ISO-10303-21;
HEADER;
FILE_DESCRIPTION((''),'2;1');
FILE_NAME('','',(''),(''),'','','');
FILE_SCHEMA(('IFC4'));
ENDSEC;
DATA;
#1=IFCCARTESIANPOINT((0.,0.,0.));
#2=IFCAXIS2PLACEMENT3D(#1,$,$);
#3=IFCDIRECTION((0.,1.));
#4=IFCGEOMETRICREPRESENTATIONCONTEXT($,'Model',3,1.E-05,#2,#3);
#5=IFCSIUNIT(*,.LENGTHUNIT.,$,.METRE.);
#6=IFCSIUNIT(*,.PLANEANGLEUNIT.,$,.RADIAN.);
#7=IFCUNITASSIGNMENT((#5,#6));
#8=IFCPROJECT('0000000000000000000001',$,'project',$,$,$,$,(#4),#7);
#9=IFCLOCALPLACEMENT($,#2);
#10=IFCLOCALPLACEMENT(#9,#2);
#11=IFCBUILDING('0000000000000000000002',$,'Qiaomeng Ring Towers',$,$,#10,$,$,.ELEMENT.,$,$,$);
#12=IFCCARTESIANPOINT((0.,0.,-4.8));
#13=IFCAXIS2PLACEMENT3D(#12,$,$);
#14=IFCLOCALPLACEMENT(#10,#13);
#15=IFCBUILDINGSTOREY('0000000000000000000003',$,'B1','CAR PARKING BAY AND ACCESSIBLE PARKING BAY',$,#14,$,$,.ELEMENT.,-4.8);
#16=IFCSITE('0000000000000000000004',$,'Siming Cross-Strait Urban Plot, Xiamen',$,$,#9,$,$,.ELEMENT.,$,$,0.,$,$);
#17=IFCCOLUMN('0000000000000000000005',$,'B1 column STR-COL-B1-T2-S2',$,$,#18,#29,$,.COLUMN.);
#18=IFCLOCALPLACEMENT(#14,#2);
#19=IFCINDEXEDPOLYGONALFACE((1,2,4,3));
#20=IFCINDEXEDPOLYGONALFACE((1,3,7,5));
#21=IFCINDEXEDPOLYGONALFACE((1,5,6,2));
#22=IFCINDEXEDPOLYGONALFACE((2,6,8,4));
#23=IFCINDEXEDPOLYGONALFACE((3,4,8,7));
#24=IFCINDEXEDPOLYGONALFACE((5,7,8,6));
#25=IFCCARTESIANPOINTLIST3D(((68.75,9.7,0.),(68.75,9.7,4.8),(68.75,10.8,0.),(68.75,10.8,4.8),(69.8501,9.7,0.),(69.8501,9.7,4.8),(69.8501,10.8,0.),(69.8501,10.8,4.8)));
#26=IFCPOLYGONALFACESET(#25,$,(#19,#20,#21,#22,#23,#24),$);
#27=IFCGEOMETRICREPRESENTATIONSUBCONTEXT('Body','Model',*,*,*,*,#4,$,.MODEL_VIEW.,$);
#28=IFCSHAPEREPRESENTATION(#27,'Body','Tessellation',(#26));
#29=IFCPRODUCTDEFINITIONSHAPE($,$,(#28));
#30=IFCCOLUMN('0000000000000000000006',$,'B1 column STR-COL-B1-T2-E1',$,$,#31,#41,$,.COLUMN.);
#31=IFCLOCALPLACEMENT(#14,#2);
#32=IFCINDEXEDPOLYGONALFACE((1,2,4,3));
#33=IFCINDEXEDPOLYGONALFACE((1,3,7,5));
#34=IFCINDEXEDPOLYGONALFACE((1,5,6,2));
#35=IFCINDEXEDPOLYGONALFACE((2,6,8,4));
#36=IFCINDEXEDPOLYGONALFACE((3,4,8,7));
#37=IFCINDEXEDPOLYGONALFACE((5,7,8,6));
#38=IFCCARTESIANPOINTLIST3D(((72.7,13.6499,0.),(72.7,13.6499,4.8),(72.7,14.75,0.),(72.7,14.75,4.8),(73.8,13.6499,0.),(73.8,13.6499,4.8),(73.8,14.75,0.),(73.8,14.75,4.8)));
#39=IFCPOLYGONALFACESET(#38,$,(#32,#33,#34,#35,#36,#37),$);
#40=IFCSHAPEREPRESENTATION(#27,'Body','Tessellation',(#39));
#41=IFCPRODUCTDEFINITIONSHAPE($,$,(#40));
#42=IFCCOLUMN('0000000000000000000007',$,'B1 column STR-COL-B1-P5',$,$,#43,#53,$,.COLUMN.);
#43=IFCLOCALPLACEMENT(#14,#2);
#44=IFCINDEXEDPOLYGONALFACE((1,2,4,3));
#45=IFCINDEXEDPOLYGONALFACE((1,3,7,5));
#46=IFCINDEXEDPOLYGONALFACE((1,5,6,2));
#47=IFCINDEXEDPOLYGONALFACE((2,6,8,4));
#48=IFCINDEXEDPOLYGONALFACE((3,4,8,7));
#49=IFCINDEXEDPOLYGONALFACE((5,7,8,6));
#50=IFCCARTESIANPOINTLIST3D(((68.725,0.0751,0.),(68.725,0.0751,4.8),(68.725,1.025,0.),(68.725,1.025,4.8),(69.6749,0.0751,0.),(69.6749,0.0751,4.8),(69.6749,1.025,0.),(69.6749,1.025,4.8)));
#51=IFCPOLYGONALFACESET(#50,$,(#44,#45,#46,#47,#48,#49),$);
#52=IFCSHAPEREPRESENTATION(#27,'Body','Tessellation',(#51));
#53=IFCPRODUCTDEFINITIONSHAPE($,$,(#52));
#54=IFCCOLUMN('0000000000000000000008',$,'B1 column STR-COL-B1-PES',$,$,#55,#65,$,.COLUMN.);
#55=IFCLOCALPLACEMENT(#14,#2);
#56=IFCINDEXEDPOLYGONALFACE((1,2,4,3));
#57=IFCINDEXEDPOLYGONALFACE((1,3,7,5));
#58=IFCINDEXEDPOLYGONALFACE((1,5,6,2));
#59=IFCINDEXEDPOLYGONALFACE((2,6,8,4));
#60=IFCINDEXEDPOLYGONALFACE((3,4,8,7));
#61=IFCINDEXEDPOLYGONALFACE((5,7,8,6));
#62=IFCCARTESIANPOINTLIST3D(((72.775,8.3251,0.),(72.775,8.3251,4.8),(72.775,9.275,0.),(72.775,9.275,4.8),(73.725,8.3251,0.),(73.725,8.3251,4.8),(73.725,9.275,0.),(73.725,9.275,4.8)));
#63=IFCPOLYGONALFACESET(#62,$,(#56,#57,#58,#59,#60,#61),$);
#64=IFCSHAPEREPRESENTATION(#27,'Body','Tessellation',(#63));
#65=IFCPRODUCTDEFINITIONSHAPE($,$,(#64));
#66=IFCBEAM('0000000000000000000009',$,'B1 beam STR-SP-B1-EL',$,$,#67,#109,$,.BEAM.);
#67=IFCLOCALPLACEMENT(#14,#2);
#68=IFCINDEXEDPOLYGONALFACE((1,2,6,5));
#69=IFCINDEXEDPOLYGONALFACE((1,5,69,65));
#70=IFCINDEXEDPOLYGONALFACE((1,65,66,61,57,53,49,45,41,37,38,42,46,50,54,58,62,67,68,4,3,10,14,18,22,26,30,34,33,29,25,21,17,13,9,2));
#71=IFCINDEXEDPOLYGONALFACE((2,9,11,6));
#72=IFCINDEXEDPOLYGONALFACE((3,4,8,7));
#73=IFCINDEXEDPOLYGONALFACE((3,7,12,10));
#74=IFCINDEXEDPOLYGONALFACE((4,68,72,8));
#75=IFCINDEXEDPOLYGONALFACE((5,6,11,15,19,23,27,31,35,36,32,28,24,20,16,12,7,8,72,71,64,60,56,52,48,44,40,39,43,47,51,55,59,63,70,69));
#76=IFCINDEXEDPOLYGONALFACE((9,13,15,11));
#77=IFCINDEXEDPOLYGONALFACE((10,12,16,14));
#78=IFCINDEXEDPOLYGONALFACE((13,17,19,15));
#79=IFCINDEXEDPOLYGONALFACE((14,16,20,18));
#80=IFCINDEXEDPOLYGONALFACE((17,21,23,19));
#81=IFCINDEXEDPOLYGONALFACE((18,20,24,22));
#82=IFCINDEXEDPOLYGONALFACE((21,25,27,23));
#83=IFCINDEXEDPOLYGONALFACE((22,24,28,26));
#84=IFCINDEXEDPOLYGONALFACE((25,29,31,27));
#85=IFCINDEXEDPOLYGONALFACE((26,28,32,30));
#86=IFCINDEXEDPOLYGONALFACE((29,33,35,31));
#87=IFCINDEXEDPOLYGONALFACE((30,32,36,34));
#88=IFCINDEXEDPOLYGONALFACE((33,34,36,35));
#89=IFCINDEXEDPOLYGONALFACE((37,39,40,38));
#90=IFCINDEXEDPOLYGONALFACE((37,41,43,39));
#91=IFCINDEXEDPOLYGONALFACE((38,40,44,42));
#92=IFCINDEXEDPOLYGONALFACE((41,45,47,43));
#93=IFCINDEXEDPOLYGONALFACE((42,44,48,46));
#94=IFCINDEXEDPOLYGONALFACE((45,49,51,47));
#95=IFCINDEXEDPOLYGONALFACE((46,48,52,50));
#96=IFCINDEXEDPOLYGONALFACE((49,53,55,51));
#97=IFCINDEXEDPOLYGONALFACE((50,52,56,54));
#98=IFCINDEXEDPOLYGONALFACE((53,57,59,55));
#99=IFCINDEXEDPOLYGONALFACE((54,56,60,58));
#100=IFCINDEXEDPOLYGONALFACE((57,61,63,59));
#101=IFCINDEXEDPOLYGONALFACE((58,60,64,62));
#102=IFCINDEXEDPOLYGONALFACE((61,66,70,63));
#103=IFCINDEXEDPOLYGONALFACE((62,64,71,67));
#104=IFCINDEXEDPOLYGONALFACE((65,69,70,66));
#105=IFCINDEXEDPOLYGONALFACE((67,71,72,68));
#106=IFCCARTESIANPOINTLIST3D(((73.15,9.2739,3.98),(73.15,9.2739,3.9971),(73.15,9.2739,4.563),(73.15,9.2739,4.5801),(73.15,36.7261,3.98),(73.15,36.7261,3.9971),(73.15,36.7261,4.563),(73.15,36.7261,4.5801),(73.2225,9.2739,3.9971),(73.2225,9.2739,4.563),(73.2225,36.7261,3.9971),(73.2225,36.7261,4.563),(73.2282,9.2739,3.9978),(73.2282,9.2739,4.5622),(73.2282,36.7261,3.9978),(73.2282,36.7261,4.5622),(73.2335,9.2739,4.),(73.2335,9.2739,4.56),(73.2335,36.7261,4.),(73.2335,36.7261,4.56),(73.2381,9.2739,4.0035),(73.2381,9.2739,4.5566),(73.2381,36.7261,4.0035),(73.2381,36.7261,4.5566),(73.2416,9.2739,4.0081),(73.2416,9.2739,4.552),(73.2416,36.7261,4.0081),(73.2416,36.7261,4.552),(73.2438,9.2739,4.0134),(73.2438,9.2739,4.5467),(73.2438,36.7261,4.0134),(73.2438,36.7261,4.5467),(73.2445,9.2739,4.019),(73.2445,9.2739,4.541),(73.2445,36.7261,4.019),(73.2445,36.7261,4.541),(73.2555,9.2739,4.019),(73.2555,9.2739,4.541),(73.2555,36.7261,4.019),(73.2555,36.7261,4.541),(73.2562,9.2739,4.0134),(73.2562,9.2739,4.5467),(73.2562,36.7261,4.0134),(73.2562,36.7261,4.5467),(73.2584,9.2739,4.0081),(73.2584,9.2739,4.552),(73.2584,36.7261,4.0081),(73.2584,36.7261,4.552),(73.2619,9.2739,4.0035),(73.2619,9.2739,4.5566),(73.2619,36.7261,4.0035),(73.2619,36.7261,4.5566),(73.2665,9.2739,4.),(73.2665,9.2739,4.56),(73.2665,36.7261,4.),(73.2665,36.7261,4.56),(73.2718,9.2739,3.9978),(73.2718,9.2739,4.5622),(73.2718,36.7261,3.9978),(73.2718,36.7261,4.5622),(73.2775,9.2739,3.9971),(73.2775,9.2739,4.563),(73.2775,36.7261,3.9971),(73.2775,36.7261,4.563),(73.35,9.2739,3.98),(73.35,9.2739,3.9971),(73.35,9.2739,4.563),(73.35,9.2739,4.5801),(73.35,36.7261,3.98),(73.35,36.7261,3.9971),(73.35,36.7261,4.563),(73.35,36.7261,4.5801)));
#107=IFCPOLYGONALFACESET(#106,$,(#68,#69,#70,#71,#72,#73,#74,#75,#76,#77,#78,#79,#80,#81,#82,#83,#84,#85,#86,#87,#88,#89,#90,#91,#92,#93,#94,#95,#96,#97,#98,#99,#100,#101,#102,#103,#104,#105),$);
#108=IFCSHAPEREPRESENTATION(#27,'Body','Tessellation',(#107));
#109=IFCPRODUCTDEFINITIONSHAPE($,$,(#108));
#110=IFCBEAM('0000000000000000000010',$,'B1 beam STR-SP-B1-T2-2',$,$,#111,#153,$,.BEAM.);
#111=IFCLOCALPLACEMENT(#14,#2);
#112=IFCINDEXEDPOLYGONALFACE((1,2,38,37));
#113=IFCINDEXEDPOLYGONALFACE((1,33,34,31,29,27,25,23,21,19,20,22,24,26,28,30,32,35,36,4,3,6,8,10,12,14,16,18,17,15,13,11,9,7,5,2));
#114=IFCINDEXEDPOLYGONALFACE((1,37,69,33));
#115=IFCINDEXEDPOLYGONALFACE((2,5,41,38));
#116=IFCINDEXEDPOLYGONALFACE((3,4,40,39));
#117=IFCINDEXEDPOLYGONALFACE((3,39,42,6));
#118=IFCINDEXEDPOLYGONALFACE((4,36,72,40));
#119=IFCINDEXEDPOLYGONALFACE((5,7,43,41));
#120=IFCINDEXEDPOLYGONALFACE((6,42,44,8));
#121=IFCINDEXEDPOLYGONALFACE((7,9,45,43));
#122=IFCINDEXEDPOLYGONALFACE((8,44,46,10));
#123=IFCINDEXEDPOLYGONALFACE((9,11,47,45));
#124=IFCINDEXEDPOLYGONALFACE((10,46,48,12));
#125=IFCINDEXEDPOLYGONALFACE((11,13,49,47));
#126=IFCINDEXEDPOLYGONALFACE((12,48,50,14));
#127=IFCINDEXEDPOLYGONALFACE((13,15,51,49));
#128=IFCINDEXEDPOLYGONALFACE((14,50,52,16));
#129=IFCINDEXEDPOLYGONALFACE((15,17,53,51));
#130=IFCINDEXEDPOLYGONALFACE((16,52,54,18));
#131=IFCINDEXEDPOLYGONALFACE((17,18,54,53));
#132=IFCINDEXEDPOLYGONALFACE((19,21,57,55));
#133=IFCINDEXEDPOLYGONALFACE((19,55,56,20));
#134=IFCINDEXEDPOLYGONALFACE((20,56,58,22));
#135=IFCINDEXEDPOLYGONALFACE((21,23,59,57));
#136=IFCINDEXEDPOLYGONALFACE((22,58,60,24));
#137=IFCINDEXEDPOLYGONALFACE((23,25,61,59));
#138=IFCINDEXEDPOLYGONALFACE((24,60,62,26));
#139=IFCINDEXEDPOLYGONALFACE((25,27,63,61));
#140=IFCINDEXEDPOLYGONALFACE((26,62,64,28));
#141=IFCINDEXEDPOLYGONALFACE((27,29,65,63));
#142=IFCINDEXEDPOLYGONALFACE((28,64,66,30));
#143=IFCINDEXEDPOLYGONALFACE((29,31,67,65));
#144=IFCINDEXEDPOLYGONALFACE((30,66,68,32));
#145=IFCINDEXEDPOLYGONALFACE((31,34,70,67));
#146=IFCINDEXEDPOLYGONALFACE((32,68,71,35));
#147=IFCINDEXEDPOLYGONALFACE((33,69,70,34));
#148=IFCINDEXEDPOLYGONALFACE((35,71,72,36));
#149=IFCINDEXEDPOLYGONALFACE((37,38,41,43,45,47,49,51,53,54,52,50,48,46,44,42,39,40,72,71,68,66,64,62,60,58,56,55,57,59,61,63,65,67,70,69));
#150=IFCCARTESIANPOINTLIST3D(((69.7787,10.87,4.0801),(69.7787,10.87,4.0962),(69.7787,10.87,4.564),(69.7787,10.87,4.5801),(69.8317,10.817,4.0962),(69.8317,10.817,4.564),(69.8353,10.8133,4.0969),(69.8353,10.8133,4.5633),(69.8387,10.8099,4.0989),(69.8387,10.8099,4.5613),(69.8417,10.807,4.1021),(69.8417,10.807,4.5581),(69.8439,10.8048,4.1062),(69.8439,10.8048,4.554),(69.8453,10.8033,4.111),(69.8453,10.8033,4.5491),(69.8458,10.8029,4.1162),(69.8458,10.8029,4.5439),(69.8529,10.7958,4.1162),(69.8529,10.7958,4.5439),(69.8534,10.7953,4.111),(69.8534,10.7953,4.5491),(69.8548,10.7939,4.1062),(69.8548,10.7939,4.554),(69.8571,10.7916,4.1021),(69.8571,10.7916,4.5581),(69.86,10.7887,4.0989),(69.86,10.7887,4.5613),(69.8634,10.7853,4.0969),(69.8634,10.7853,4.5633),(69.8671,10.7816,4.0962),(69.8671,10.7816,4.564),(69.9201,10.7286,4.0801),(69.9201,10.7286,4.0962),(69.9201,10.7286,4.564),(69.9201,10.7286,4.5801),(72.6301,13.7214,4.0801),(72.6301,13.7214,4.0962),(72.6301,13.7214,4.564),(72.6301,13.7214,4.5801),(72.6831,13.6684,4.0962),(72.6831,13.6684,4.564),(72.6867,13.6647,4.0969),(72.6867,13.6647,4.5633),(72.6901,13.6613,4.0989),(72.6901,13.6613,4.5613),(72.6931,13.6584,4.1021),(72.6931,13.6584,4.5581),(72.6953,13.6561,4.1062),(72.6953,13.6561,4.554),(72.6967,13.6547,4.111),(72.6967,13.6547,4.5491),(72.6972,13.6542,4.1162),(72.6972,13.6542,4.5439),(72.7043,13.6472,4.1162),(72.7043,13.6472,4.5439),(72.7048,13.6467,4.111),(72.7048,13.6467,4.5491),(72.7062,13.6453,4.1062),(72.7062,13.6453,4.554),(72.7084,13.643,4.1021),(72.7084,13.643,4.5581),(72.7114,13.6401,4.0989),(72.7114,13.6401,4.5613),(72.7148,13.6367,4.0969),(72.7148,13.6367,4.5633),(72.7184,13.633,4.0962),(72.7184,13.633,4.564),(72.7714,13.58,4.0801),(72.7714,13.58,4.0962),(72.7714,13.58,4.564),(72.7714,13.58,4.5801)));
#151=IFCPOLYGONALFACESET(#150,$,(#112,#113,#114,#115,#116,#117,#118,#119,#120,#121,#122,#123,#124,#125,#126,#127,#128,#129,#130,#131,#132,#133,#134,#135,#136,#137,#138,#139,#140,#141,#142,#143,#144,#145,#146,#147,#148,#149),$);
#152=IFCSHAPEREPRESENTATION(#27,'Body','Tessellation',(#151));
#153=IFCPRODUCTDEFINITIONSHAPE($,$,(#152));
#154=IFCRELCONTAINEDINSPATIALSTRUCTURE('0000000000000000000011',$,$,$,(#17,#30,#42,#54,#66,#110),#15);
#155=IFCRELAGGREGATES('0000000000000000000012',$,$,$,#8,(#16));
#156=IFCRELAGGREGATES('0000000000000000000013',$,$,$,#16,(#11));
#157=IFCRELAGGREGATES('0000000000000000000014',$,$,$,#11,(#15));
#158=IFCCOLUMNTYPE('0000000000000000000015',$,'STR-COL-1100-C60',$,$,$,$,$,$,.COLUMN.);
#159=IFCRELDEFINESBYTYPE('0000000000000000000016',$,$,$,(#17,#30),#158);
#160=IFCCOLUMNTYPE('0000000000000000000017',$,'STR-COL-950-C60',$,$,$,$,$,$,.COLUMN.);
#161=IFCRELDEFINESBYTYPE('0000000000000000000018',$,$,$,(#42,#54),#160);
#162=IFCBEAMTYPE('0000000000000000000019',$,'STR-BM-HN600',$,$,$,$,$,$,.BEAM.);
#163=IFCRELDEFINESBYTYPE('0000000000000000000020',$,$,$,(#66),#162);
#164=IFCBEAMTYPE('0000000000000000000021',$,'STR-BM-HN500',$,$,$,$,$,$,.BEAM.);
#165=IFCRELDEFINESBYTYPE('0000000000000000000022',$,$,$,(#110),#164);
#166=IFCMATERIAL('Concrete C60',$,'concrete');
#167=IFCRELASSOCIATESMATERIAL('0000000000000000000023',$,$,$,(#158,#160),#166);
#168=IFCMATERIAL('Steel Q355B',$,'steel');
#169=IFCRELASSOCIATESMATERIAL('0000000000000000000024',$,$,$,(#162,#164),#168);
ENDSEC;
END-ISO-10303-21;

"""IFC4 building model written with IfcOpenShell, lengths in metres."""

from ifc_helpers import new_model, si_unit, direction, frame, origin, origin_2d, place, context, subcontext, project, spatial, rectangle, i_section, extrude, source, transform, mapped, material, material_profile, profile_set, type_object, element, save


model = new_model("IFC4")

# Units and contexts
model_context = context("Model", 3, precision=1e-05, world=origin(), true_north=direction((0.0, 1.0)))
body_context = subcontext(model_context, "Body", "Model", "MODEL_VIEW")
ifc_project = project(units=[si_unit("LENGTHUNIT", "METRE"), si_unit("PLANEANGLEUNIT", "RADIAN")], contexts=[model_context])

# Site, building, storey
site_placement = place(None, origin())
site = spatial("IfcSite", under=ifc_project, at=site_placement, Name="Siming Cross-Strait Urban Plot, Xiamen", CompositionType="ELEMENT", RefElevation=0.0)
building_placement = place(site_placement, origin())
building = spatial("IfcBuilding", under=site, at=building_placement, Name="Qiaomeng Ring Towers", CompositionType="ELEMENT")
storey_placement = place(building_placement, frame((0.0, 0.0, -4.8)))
storey = spatial("IfcBuildingStorey", under=building, at=storey_placement, Name="B1", Description="CAR PARKING BAY AND ACCESSIBLE PARKING BAY", CompositionType="ELEMENT", Elevation=-4.8)

# Columns
ifc_material_1 = material(Name="Concrete C60", Category="concrete")
ifc_material_profile_1 = material_profile(ifc_material_1, rectangle(XDim=1.1001, YDim=1.1001, at=origin_2d()), Name="RC COL 1100x1100")
ifc_profile_set_1 = profile_set([ifc_material_profile_1], Name="Concrete C60")
column_type_1 = type_object("IfcColumnType", Name="STR-COL-1100-C60", PredefinedType="COLUMN", material=ifc_profile_set_1)
shared_shape_1 = source(origin(), body_context, "Body", "SweptSolid", [
    extrude(rectangle(XDim=1.1001, YDim=1.1001, at=origin_2d()), origin(), (0.0, 0.0, 1.0), 4.8),
])
for number, where, z_axis, x_axis, name in (
    (1, (69.3, 10.25, 0.0), (0.0, 0.0, 1.0), (1.0, 0.0, 0.0), "B1 column STR-COL-B1-T2-S2"),
    (2, (73.25, 14.2, 0.0), (0.0, 0.0, 1.0), (1.0, 0.0, 0.0), "B1 column STR-COL-B1-T2-E1"),
):
    element("IfcColumn", number, at=place(storey_placement, frame(where, z_axis=z_axis, x_axis=x_axis)), inside=storey, type_object=column_type_1, Name=name, PredefinedType="COLUMN", context=body_context, shape_type="MappedRepresentation", body=[
        mapped(shared_shape_1, transform((0.0, 0.0, 0.0), x_axis=(1.0, 0.0, 0.0), y_axis=(0.0, 1.0, 0.0), z_axis=(0.0, 0.0, 1.0), scale=1.0)),
    ])
ifc_material_profile_2 = material_profile(ifc_material_1, rectangle(XDim=0.95, YDim=0.95, at=origin_2d()), Name="RC COL 950x950")
ifc_profile_set_2 = profile_set([ifc_material_profile_2], Name="Concrete C60")
column_type_2 = type_object("IfcColumnType", Name="STR-COL-950-C60", PredefinedType="COLUMN", material=ifc_profile_set_2)
shared_shape_2 = source(origin(), body_context, "Body", "SweptSolid", [
    extrude(rectangle(XDim=0.95, YDim=0.95, at=origin_2d()), origin(), (0.0, 0.0, 1.0), 4.8),
])
for number, where, z_axis, x_axis, name in (
    (3, (69.2, 0.55, 0.0), (0.0, 0.0, 1.0), (1.0, 0.0, 0.0), "B1 column STR-COL-B1-P5"),
    (4, (73.25, 8.8, 0.0), (0.0, 0.0, 1.0), (1.0, 0.0, 0.0), "B1 column STR-COL-B1-PES"),
):
    element("IfcColumn", number, at=place(storey_placement, frame(where, z_axis=z_axis, x_axis=x_axis)), inside=storey, type_object=column_type_2, Name=name, PredefinedType="COLUMN", context=body_context, shape_type="MappedRepresentation", body=[
        mapped(shared_shape_2, transform((0.0, 0.0, 0.0), x_axis=(1.0, 0.0, 0.0), y_axis=(0.0, 1.0, 0.0), z_axis=(0.0, 0.0, 1.0), scale=1.0)),
    ])

# Beams
ifc_material_2 = material(Name="Steel Q355B", Category="steel")
ifc_material_profile_3 = material_profile(ifc_material_2, i_section(OverallWidth=0.2, OverallDepth=0.6001, WebThickness=0.011, FlangeThickness=0.0171, FilletRadius=0.022, at=origin_2d()), Name="HN 600x200x11x17")
ifc_profile_set_3 = profile_set([ifc_material_profile_3], Name="Steel Q355B")
beam_type_1 = type_object("IfcBeamType", Name="STR-BM-HN600", PredefinedType="BEAM", material=ifc_profile_set_3)
shared_shape_3 = source(origin(), body_context, "Body", "SweptSolid", [
    extrude(i_section(OverallWidth=0.2, OverallDepth=0.6001, WebThickness=0.011, FlangeThickness=0.0171, FilletRadius=0.022, at=origin_2d()), origin(), (0.0, 0.0, 1.0), 27.4521),
])
beam_1_placement = place(storey_placement, frame((73.25, 9.2739, 4.28), z_axis=(0.0, 1.0, 0.0), x_axis=(-1.0, 0.0, 0.0)))
element("IfcBeam", 5, at=beam_1_placement, inside=storey, type_object=beam_type_1, Name="B1 beam STR-SP-B1-EL", PredefinedType="BEAM", context=body_context, shape_type="MappedRepresentation", body=[
    mapped(shared_shape_3, transform((0.0, 0.0, 0.0), x_axis=(1.0, 0.0, 0.0), y_axis=(0.0, 1.0, 0.0), z_axis=(0.0, 0.0, 1.0), scale=1.0)),
])
ifc_material_profile_4 = material_profile(ifc_material_2, i_section(OverallWidth=0.2, OverallDepth=0.5, WebThickness=0.01, FlangeThickness=0.0161, FilletRadius=0.02, at=origin_2d()), Name="HN 500x200x10x16")
ifc_profile_set_4 = profile_set([ifc_material_profile_4], Name="Steel Q355B")
beam_type_2 = type_object("IfcBeamType", Name="STR-BM-HN500", PredefinedType="BEAM", material=ifc_profile_set_4)
shared_shape_4 = source(origin(), body_context, "Body", "SweptSolid", [
    extrude(i_section(OverallWidth=0.2, OverallDepth=0.5, WebThickness=0.01, FlangeThickness=0.0161, FilletRadius=0.02, at=origin_2d()), origin(), (0.0, 0.0, 1.0), 4.0325),
])
beam_2_placement = place(storey_placement, frame((69.8494, 10.7993, 4.3301), z_axis=(0.707107, 0.707107, 0.0), x_axis=(-0.707107, 0.707107, 0.0)))
element("IfcBeam", 6, at=beam_2_placement, inside=storey, type_object=beam_type_2, Name="B1 beam STR-SP-B1-T2-2", PredefinedType="BEAM", context=body_context, shape_type="MappedRepresentation", body=[
    mapped(shared_shape_4, transform((0.0, 0.0, 0.0), x_axis=(1.0, 0.0, 0.0), y_axis=(0.0, 1.0, 0.0), z_axis=(0.0, 0.0, 1.0), scale=1.0)),
])

save(model, "model.ifc")
